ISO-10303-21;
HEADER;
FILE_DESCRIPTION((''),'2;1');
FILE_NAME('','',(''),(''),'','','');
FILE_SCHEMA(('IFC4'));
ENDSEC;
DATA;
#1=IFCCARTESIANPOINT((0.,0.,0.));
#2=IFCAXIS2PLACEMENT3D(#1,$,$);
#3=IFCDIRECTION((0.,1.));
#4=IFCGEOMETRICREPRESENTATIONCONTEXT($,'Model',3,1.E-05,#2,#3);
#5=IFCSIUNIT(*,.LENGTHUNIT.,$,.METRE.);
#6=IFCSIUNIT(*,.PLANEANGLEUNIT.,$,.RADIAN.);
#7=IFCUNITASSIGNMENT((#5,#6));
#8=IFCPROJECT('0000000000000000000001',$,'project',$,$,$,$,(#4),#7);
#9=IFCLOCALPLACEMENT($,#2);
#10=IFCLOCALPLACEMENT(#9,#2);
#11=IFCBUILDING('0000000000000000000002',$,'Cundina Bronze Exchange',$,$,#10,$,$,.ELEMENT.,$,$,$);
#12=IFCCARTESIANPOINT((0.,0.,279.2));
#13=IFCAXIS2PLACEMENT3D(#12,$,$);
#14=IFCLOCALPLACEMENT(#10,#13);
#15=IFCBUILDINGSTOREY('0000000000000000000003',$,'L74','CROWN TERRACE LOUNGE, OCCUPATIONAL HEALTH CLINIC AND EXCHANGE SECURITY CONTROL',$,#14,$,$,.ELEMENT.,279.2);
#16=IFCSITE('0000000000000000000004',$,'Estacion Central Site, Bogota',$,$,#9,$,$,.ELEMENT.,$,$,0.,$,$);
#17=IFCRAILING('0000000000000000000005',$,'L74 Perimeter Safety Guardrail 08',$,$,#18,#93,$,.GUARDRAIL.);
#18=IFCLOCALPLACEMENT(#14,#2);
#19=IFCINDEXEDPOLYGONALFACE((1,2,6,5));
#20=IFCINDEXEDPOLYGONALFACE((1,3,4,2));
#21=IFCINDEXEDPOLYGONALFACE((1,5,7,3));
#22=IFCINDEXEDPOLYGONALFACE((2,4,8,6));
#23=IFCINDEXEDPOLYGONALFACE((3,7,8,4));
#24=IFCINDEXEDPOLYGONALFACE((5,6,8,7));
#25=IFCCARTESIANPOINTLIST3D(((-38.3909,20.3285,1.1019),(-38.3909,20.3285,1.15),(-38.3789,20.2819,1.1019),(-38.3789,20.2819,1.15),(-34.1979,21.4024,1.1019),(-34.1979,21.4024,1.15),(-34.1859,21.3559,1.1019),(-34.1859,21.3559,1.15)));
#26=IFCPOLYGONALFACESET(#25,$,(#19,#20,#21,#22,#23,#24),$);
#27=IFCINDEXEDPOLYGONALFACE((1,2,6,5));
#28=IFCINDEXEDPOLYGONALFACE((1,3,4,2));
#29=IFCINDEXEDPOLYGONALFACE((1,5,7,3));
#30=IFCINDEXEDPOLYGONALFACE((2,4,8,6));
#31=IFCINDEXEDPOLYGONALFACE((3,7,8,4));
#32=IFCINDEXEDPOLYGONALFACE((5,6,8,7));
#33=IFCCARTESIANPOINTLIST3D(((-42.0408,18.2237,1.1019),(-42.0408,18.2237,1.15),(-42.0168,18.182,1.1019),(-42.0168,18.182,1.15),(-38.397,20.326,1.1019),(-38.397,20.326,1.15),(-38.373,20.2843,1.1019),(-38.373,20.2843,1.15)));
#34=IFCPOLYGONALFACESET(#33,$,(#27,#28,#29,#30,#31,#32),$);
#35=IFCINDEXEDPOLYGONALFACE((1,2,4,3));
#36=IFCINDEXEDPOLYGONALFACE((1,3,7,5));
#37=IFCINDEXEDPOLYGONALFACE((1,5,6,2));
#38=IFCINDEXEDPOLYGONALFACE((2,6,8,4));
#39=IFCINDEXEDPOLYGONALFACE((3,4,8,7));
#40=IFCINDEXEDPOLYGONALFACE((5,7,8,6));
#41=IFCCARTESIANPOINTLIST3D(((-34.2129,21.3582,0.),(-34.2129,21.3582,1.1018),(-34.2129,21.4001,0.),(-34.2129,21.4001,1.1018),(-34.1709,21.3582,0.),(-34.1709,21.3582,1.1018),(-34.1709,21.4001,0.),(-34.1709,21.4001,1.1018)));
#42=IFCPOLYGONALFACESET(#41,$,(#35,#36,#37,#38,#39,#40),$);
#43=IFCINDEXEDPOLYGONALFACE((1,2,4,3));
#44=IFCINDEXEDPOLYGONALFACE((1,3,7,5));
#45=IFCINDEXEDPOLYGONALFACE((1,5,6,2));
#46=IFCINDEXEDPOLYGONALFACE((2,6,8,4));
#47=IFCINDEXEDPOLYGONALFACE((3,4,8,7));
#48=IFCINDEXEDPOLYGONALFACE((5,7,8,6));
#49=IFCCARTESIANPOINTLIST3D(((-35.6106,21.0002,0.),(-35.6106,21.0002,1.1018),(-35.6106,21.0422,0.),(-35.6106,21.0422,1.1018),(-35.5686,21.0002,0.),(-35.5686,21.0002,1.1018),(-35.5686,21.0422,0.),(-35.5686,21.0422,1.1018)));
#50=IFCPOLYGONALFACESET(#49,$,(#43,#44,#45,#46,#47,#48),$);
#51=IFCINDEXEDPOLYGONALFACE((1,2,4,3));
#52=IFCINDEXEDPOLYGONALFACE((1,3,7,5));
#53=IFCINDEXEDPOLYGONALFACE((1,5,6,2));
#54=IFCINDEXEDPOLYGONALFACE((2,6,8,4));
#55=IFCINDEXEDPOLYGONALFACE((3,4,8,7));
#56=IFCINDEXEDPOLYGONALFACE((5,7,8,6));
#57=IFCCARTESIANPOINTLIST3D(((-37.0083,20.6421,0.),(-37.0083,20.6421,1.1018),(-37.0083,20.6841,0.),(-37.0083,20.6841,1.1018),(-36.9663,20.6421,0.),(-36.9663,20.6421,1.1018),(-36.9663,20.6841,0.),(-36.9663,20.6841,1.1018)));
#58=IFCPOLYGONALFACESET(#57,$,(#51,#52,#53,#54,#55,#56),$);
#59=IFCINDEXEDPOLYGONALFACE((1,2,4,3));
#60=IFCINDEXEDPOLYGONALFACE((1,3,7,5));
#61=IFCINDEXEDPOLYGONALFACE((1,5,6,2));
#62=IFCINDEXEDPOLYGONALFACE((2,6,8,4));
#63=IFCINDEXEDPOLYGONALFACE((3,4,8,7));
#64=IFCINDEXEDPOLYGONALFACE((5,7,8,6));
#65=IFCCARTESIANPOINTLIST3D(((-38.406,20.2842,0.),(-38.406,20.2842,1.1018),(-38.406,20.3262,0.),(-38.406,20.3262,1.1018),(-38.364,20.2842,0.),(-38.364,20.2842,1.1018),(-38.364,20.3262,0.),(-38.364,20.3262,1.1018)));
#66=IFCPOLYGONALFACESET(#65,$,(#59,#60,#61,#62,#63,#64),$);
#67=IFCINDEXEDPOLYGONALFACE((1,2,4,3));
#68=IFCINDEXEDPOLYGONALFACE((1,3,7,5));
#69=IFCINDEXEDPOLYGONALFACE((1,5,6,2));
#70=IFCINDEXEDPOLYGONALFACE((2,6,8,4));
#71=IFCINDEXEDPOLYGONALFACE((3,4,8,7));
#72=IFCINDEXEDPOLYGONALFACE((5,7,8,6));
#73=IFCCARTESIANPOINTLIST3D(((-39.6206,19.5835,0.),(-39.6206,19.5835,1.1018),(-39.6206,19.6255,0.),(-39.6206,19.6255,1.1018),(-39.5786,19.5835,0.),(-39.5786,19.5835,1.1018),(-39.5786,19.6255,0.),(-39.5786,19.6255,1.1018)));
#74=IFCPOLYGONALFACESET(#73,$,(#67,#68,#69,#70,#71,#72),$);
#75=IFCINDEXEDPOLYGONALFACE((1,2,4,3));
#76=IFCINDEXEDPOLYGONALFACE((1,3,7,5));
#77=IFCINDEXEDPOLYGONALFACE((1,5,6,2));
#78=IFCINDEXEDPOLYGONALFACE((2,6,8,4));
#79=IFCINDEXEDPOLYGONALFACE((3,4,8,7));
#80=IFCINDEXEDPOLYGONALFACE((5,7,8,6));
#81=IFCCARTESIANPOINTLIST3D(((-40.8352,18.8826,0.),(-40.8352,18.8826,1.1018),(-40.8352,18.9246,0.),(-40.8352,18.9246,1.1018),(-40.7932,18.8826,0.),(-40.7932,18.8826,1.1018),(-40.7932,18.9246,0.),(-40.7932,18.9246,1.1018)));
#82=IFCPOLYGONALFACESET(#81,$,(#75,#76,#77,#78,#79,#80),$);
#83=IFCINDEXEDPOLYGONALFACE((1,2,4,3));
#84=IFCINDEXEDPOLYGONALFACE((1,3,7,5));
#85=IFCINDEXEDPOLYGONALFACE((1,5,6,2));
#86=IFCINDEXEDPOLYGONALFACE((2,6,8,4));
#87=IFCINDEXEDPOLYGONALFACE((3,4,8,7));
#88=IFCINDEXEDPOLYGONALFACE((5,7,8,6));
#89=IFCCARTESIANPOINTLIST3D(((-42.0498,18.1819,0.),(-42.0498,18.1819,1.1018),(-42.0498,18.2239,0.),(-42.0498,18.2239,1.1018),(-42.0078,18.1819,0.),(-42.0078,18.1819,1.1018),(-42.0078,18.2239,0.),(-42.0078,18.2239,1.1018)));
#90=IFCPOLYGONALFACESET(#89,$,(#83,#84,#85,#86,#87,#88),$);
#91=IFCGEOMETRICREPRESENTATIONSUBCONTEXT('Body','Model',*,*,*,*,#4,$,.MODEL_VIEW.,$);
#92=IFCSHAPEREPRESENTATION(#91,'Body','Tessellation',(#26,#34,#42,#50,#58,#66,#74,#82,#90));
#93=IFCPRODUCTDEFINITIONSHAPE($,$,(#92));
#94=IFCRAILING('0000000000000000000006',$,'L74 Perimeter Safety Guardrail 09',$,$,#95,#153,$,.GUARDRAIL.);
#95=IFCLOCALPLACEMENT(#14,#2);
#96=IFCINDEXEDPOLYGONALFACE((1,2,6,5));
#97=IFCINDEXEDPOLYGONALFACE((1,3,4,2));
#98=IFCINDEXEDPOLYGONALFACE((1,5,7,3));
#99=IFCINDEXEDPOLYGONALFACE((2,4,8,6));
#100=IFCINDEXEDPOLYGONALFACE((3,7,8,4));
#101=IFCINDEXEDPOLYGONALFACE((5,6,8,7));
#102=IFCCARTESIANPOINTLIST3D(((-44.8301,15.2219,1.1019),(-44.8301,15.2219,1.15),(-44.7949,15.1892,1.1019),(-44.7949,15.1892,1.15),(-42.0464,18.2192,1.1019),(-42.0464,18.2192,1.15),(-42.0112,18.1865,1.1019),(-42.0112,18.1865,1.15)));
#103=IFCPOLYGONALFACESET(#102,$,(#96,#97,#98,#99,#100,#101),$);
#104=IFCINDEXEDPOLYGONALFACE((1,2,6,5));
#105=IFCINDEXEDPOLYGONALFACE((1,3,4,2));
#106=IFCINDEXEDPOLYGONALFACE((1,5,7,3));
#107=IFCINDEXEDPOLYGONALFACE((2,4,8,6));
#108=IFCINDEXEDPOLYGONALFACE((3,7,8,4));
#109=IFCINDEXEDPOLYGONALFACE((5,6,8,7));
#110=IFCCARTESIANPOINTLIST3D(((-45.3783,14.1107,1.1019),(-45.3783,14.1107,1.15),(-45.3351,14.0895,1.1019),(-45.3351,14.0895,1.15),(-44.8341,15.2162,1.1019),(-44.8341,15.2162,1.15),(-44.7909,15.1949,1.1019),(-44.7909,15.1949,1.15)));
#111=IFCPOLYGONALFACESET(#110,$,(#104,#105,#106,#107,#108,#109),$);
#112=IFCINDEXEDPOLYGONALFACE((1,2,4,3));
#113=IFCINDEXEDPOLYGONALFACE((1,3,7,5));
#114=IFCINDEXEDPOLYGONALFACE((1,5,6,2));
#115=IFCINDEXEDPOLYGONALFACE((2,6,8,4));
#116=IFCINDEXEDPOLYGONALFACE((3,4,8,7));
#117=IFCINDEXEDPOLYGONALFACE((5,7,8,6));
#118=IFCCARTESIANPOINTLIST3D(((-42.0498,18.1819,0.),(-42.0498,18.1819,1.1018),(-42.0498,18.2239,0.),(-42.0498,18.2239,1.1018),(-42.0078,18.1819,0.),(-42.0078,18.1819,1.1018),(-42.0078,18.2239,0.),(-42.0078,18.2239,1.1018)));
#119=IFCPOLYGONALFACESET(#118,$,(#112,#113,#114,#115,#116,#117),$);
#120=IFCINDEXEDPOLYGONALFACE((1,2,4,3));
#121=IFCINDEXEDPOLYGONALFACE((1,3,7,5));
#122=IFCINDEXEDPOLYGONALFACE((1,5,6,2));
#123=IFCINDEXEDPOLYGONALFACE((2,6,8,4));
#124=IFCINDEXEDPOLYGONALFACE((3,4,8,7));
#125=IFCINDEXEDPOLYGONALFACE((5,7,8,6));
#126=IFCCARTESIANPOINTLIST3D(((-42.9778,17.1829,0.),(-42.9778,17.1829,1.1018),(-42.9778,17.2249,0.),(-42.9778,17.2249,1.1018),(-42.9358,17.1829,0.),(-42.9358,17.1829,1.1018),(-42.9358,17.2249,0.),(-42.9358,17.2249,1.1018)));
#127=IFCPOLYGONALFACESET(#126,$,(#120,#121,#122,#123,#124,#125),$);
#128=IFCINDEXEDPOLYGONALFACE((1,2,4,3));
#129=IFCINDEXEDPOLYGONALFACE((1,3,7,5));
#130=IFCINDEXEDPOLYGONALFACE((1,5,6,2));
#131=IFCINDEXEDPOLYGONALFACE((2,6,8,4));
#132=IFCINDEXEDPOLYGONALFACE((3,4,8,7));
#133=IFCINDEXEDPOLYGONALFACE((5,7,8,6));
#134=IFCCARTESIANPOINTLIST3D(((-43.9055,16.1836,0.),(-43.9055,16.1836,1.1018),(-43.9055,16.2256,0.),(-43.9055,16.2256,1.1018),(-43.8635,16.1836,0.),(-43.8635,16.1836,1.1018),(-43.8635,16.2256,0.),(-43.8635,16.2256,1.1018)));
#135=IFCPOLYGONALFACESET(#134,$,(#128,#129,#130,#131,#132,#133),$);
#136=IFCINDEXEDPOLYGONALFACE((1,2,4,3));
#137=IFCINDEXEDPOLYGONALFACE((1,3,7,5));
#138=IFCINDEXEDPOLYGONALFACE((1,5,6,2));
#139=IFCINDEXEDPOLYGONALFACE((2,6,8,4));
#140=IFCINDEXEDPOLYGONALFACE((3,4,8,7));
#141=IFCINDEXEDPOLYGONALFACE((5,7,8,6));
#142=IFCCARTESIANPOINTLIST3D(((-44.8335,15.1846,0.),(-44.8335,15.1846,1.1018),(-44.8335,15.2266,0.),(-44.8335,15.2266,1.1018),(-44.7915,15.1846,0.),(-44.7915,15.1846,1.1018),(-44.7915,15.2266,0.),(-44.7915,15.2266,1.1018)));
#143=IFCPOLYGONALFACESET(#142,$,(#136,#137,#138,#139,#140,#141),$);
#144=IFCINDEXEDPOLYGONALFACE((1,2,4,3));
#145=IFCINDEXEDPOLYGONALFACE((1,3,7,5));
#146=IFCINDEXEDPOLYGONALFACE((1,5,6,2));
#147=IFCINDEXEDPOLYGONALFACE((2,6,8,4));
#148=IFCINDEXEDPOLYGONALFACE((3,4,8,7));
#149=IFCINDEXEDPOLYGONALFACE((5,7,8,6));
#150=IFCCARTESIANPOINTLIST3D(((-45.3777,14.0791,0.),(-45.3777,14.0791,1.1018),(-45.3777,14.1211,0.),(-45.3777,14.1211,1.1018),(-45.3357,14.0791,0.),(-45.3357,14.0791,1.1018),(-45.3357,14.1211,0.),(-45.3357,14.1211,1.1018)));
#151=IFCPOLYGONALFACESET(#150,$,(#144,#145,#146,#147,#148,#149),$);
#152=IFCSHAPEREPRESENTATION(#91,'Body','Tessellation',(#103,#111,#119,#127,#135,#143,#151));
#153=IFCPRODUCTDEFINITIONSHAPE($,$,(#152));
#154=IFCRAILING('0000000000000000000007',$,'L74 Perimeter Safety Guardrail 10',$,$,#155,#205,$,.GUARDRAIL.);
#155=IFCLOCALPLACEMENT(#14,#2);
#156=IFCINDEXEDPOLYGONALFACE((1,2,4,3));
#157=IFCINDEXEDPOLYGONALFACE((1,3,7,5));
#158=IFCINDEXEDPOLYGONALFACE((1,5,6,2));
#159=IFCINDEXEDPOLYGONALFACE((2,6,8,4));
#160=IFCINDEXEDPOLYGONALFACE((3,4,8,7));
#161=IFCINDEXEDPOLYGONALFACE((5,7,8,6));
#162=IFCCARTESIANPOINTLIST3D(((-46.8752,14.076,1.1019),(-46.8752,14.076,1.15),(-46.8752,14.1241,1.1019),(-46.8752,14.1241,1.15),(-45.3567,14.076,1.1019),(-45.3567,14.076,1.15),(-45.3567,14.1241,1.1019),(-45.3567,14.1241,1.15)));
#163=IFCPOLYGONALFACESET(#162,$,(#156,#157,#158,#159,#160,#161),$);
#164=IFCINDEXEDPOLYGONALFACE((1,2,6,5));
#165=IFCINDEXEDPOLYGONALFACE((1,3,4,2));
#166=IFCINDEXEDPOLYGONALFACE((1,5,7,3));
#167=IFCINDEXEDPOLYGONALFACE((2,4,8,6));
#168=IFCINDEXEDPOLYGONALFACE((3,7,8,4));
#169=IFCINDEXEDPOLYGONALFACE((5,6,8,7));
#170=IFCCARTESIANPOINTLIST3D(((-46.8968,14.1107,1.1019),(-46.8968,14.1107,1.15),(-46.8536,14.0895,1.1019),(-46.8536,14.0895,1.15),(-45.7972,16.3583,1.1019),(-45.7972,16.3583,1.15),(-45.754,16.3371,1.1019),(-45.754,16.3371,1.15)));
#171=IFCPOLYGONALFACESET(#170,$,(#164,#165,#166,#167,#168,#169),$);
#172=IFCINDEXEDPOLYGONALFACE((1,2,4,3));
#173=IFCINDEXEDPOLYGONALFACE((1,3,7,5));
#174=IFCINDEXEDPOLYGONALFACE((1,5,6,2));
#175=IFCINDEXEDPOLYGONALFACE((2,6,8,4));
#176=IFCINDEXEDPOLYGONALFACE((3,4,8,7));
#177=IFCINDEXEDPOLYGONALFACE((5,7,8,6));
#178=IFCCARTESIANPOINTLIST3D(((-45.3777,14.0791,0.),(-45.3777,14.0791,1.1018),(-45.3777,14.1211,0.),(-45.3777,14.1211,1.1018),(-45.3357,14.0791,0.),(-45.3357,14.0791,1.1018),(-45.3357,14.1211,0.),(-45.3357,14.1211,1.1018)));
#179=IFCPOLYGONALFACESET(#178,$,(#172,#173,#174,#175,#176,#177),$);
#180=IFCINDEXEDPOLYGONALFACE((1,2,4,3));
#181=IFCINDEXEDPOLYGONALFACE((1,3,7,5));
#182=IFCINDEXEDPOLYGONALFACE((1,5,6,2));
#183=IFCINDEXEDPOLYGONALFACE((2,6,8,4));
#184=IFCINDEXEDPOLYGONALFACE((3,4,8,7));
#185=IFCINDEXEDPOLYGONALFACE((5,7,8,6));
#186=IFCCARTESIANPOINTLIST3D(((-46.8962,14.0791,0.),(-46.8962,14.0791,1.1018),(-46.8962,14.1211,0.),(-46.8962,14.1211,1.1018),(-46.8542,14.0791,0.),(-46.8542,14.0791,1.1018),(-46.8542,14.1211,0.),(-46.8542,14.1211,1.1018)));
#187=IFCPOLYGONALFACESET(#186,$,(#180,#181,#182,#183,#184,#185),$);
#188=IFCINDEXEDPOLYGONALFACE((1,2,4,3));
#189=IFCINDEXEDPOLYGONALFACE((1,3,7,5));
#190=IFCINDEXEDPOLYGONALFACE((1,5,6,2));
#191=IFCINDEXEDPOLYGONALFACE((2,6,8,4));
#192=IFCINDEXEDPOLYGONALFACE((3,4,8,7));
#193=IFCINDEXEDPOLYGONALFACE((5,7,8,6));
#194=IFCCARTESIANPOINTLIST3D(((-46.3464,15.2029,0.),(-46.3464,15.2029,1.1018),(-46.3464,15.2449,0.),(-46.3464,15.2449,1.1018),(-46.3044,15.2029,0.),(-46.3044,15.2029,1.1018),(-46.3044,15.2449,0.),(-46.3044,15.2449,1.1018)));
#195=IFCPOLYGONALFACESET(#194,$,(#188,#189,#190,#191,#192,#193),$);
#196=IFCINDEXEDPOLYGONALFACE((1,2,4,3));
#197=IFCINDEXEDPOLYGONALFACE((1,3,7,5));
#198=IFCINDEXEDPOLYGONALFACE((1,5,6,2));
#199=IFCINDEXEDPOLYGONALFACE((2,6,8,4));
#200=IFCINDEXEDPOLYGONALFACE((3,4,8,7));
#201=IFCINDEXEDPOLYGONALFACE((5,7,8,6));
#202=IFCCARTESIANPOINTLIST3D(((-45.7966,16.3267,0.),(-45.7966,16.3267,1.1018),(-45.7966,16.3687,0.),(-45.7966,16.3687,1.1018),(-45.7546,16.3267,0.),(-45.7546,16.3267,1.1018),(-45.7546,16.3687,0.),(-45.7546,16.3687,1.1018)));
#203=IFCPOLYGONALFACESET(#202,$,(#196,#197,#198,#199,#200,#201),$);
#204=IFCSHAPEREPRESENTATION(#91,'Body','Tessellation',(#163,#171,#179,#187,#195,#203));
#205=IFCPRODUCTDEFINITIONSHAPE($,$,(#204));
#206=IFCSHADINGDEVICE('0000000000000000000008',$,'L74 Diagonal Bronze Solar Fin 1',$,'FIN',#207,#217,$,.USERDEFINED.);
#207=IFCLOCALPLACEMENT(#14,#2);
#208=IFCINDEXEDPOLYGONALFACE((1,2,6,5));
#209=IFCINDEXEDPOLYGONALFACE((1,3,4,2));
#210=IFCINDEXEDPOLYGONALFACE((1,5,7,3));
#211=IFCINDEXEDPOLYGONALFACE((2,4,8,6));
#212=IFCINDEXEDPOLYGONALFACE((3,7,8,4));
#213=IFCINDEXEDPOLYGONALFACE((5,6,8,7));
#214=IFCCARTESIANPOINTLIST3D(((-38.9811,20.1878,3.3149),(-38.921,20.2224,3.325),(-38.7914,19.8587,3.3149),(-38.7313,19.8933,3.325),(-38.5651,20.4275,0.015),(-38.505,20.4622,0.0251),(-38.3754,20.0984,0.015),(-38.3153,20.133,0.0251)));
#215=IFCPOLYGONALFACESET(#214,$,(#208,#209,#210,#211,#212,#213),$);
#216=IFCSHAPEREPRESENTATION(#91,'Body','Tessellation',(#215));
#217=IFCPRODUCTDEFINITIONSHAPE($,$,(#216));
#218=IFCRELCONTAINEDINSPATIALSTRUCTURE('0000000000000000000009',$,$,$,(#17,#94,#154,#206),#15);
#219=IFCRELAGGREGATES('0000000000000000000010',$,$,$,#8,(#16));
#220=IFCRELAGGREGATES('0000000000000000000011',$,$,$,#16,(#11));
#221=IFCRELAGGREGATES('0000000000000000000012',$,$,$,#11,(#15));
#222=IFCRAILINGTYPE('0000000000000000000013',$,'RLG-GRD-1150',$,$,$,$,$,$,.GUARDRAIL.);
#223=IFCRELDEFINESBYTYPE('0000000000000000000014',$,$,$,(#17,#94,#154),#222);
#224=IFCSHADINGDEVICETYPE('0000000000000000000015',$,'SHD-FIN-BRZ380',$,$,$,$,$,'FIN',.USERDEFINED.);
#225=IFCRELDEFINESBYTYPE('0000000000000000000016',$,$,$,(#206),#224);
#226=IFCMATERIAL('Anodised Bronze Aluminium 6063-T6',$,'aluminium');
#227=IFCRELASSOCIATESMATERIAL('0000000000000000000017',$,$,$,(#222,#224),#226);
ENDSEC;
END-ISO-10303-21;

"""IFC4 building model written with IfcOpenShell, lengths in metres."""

from ifc_helpers import new_model, si_unit, direction, frame, origin, origin_2d, place, context, subcontext, project, spatial, rectangle, extrude, material, material_profile, profile_set, type_object, element, save


model = new_model("IFC4")

# Units and contexts
model_context = context("Model", 3, precision=1e-05, world=origin(), true_north=direction((0.0, 1.0)))
body_context = subcontext(model_context, "Body", "Model", "MODEL_VIEW")
ifc_project = project(units=[si_unit("LENGTHUNIT", "METRE"), si_unit("PLANEANGLEUNIT", "RADIAN")], contexts=[model_context])

# Site, building, storey
site_placement = place(None, origin())
site = spatial("IfcSite", under=ifc_project, at=site_placement, Name="Estacion Central Site, Bogota", CompositionType="ELEMENT", RefElevation=0.0)
building_placement = place(site_placement, origin())
building = spatial("IfcBuilding", under=site, at=building_placement, Name="Cundina Bronze Exchange", CompositionType="ELEMENT")
storey_placement = place(building_placement, frame((0.0, 0.0, 279.2)))
storey = spatial("IfcBuildingStorey", under=building, at=storey_placement, Name="L74", Description="CROWN TERRACE LOUNGE, OCCUPATIONAL HEALTH CLINIC AND EXCHANGE SECURITY CONTROL", CompositionType="ELEMENT", Elevation=279.2)

# Shared definitions
ifc_material_1 = material(Name="Anodised Bronze Aluminium 6063-T6", Category="aluminium")

# Railings
railing_type = type_object("IfcRailingType", Name="RLG-GRD-1150", PredefinedType="GUARDRAIL", material=ifc_material_1)
railing_1_placement = place(storey_placement, frame((-34.1919, 21.3792, 0.0)))
element("IfcRailing", 1, at=railing_1_placement, inside=storey, type_object=railing_type, Name="L74 Perimeter Safety Guardrail 08", PredefinedType="GUARDRAIL", context=body_context, shape_type="SweptSolid", body=[
    extrude(rectangle(XDim=0.0481, YDim=0.0481, at=origin_2d()), frame((0.0, 0.0, 1.126), z_axis=(-0.96873, -0.248119, 0.0), x_axis=(0.248119, -0.96873, 0.0)), (0.0, 0.0, 1.0), 4.3284),
    extrude(rectangle(XDim=0.0481, YDim=0.0481, at=origin_2d()), frame((-4.1931, -1.074, 1.126), z_axis=(-0.866175, -0.499741, 0.0), x_axis=(0.499741, -0.866175, 0.0)), (0.0, 0.0, 1.0), 4.2068),
    extrude(rectangle(XDim=0.042, YDim=0.042, at=origin_2d()), origin(), (0.0, 0.0, 1.0), 1.1018),
    extrude(rectangle(XDim=0.042, YDim=0.042, at=origin_2d()), frame((-1.3977, -0.3579, 0.0)), (0.0, 0.0, 1.0), 1.1018),
    extrude(rectangle(XDim=0.042, YDim=0.042, at=origin_2d()), frame((-2.7954, -0.7161, 0.0)), (0.0, 0.0, 1.0), 1.1018),
    extrude(rectangle(XDim=0.042, YDim=0.042, at=origin_2d()), frame((-4.1931, -1.074, 0.0)), (0.0, 0.0, 1.0), 1.1018),
    extrude(rectangle(XDim=0.042, YDim=0.042, at=origin_2d()), frame((-5.4077, -1.7747, 0.0)), (0.0, 0.0, 1.0), 1.1018),
    extrude(rectangle(XDim=0.042, YDim=0.042, at=origin_2d()), frame((-6.6223, -2.4756, 0.0)), (0.0, 0.0, 1.0), 1.1018),
    extrude(rectangle(XDim=0.042, YDim=0.042, at=origin_2d()), frame((-7.8369, -3.1763, 0.0)), (0.0, 0.0, 1.0), 1.1018),
])
railing_2_placement = place(storey_placement, frame((-42.0288, 18.2029, 0.0)))
element("IfcRailing", 2, at=railing_2_placement, inside=storey, type_object=railing_type, Name="L74 Perimeter Safety Guardrail 09", PredefinedType="GUARDRAIL", context=body_context, shape_type="SweptSolid", body=[
    extrude(rectangle(XDim=0.0481, YDim=0.0481, at=origin_2d()), frame((0.0, 0.0, 1.126), z_axis=(-0.680513, -0.732736, 0.0), x_axis=(0.732736, -0.680513, 0.0)), (0.0, 0.0, 1.0), 4.0906),
    extrude(rectangle(XDim=0.0481, YDim=0.0481, at=origin_2d()), frame((-2.7837, -2.9973, 1.126), z_axis=(-0.441657, -0.897184, 0.0), x_axis=(0.897184, -0.441657, 0.0)), (0.0, 0.0, 1.0), 1.2322),
    extrude(rectangle(XDim=0.042, YDim=0.042, at=origin_2d()), origin(), (0.0, 0.0, 1.0), 1.1018),
    extrude(rectangle(XDim=0.042, YDim=0.042, at=origin_2d()), frame((-0.928, -0.999, 0.0)), (0.0, 0.0, 1.0), 1.1018),
    extrude(rectangle(XDim=0.042, YDim=0.042, at=origin_2d()), frame((-1.8557, -1.9983, 0.0)), (0.0, 0.0, 1.0), 1.1018),
    extrude(rectangle(XDim=0.042, YDim=0.042, at=origin_2d()), frame((-2.7837, -2.9973, 0.0)), (0.0, 0.0, 1.0), 1.1018),
    extrude(rectangle(XDim=0.042, YDim=0.042, at=origin_2d()), frame((-3.3279, -4.1028, 0.0)), (0.0, 0.0, 1.0), 1.1018),
])
railing_3_placement = place(storey_placement, frame((-45.3567, 14.1001, 0.0)))
element("IfcRailing", 3, at=railing_3_placement, inside=storey, type_object=railing_type, Name="L74 Perimeter Safety Guardrail 10", PredefinedType="GUARDRAIL", context=body_context, shape_type="SweptSolid", body=[
    extrude(rectangle(XDim=0.0481, YDim=0.0481, at=origin_2d()), frame((0.0, 0.0, 1.126), z_axis=(-1.0, 0.0, 0.0), x_axis=(0.0, -1.0, 0.0)), (0.0, 0.0, 1.0), 1.5186),
    extrude(rectangle(XDim=0.0481, YDim=0.0481, at=origin_2d()), frame((-1.5186, 0.0, 1.126), z_axis=(0.439469, 0.898258, 0.0), x_axis=(-0.898258, 0.439469, 0.0)), (0.0, 0.0, 1.0), 2.5022),
    extrude(rectangle(XDim=0.042, YDim=0.042, at=origin_2d()), origin(), (0.0, 0.0, 1.0), 1.1018),
    extrude(rectangle(XDim=0.042, YDim=0.042, at=origin_2d()), frame((-1.5186, 0.0, 0.0)), (0.0, 0.0, 1.0), 1.1018),
    extrude(rectangle(XDim=0.042, YDim=0.042, at=origin_2d()), frame((-0.9688, 1.1238, 0.0)), (0.0, 0.0, 1.0), 1.1018),
    extrude(rectangle(XDim=0.042, YDim=0.042, at=origin_2d()), frame((-0.4189, 2.2476, 0.0)), (0.0, 0.0, 1.0), 1.1018),
])

# Shading device
ifc_material_profile_1 = material_profile(ifc_material_1, rectangle(XDim=0.0701, YDim=0.3799, at=origin_2d()), Name="FIN70X380", Category="aluminium")
ifc_profile_set_1 = profile_set([ifc_material_profile_1], Name="Anodised Bronze Aluminium 6063-T6")
shading_device_type = type_object("IfcShadingDeviceType", Name="SHD-FIN-BRZ380", ElementType="FIN", PredefinedType="USERDEFINED", material=ifc_profile_set_1)
shading_device_placement = place(storey_placement, frame((-38.4402, 20.2803, 0.02), z_axis=(-0.12475, -0.071892, 0.98958), x_axis=(0.857395, 0.494109, 0.143983)))
element("IfcShadingDevice", 4, at=shading_device_placement, inside=storey, type_object=shading_device_type, Name="L74 Diagonal Bronze Solar Fin 1", ObjectType="FIN", PredefinedType="USERDEFINED", context=body_context, shape_type="SweptSolid", body=[
    extrude(rectangle(XDim=0.0701, YDim=0.3799, at=origin_2d()), origin(), (0.0, 0.0, 1.0), 3.3347),
])

save(model, "model.ifc")
